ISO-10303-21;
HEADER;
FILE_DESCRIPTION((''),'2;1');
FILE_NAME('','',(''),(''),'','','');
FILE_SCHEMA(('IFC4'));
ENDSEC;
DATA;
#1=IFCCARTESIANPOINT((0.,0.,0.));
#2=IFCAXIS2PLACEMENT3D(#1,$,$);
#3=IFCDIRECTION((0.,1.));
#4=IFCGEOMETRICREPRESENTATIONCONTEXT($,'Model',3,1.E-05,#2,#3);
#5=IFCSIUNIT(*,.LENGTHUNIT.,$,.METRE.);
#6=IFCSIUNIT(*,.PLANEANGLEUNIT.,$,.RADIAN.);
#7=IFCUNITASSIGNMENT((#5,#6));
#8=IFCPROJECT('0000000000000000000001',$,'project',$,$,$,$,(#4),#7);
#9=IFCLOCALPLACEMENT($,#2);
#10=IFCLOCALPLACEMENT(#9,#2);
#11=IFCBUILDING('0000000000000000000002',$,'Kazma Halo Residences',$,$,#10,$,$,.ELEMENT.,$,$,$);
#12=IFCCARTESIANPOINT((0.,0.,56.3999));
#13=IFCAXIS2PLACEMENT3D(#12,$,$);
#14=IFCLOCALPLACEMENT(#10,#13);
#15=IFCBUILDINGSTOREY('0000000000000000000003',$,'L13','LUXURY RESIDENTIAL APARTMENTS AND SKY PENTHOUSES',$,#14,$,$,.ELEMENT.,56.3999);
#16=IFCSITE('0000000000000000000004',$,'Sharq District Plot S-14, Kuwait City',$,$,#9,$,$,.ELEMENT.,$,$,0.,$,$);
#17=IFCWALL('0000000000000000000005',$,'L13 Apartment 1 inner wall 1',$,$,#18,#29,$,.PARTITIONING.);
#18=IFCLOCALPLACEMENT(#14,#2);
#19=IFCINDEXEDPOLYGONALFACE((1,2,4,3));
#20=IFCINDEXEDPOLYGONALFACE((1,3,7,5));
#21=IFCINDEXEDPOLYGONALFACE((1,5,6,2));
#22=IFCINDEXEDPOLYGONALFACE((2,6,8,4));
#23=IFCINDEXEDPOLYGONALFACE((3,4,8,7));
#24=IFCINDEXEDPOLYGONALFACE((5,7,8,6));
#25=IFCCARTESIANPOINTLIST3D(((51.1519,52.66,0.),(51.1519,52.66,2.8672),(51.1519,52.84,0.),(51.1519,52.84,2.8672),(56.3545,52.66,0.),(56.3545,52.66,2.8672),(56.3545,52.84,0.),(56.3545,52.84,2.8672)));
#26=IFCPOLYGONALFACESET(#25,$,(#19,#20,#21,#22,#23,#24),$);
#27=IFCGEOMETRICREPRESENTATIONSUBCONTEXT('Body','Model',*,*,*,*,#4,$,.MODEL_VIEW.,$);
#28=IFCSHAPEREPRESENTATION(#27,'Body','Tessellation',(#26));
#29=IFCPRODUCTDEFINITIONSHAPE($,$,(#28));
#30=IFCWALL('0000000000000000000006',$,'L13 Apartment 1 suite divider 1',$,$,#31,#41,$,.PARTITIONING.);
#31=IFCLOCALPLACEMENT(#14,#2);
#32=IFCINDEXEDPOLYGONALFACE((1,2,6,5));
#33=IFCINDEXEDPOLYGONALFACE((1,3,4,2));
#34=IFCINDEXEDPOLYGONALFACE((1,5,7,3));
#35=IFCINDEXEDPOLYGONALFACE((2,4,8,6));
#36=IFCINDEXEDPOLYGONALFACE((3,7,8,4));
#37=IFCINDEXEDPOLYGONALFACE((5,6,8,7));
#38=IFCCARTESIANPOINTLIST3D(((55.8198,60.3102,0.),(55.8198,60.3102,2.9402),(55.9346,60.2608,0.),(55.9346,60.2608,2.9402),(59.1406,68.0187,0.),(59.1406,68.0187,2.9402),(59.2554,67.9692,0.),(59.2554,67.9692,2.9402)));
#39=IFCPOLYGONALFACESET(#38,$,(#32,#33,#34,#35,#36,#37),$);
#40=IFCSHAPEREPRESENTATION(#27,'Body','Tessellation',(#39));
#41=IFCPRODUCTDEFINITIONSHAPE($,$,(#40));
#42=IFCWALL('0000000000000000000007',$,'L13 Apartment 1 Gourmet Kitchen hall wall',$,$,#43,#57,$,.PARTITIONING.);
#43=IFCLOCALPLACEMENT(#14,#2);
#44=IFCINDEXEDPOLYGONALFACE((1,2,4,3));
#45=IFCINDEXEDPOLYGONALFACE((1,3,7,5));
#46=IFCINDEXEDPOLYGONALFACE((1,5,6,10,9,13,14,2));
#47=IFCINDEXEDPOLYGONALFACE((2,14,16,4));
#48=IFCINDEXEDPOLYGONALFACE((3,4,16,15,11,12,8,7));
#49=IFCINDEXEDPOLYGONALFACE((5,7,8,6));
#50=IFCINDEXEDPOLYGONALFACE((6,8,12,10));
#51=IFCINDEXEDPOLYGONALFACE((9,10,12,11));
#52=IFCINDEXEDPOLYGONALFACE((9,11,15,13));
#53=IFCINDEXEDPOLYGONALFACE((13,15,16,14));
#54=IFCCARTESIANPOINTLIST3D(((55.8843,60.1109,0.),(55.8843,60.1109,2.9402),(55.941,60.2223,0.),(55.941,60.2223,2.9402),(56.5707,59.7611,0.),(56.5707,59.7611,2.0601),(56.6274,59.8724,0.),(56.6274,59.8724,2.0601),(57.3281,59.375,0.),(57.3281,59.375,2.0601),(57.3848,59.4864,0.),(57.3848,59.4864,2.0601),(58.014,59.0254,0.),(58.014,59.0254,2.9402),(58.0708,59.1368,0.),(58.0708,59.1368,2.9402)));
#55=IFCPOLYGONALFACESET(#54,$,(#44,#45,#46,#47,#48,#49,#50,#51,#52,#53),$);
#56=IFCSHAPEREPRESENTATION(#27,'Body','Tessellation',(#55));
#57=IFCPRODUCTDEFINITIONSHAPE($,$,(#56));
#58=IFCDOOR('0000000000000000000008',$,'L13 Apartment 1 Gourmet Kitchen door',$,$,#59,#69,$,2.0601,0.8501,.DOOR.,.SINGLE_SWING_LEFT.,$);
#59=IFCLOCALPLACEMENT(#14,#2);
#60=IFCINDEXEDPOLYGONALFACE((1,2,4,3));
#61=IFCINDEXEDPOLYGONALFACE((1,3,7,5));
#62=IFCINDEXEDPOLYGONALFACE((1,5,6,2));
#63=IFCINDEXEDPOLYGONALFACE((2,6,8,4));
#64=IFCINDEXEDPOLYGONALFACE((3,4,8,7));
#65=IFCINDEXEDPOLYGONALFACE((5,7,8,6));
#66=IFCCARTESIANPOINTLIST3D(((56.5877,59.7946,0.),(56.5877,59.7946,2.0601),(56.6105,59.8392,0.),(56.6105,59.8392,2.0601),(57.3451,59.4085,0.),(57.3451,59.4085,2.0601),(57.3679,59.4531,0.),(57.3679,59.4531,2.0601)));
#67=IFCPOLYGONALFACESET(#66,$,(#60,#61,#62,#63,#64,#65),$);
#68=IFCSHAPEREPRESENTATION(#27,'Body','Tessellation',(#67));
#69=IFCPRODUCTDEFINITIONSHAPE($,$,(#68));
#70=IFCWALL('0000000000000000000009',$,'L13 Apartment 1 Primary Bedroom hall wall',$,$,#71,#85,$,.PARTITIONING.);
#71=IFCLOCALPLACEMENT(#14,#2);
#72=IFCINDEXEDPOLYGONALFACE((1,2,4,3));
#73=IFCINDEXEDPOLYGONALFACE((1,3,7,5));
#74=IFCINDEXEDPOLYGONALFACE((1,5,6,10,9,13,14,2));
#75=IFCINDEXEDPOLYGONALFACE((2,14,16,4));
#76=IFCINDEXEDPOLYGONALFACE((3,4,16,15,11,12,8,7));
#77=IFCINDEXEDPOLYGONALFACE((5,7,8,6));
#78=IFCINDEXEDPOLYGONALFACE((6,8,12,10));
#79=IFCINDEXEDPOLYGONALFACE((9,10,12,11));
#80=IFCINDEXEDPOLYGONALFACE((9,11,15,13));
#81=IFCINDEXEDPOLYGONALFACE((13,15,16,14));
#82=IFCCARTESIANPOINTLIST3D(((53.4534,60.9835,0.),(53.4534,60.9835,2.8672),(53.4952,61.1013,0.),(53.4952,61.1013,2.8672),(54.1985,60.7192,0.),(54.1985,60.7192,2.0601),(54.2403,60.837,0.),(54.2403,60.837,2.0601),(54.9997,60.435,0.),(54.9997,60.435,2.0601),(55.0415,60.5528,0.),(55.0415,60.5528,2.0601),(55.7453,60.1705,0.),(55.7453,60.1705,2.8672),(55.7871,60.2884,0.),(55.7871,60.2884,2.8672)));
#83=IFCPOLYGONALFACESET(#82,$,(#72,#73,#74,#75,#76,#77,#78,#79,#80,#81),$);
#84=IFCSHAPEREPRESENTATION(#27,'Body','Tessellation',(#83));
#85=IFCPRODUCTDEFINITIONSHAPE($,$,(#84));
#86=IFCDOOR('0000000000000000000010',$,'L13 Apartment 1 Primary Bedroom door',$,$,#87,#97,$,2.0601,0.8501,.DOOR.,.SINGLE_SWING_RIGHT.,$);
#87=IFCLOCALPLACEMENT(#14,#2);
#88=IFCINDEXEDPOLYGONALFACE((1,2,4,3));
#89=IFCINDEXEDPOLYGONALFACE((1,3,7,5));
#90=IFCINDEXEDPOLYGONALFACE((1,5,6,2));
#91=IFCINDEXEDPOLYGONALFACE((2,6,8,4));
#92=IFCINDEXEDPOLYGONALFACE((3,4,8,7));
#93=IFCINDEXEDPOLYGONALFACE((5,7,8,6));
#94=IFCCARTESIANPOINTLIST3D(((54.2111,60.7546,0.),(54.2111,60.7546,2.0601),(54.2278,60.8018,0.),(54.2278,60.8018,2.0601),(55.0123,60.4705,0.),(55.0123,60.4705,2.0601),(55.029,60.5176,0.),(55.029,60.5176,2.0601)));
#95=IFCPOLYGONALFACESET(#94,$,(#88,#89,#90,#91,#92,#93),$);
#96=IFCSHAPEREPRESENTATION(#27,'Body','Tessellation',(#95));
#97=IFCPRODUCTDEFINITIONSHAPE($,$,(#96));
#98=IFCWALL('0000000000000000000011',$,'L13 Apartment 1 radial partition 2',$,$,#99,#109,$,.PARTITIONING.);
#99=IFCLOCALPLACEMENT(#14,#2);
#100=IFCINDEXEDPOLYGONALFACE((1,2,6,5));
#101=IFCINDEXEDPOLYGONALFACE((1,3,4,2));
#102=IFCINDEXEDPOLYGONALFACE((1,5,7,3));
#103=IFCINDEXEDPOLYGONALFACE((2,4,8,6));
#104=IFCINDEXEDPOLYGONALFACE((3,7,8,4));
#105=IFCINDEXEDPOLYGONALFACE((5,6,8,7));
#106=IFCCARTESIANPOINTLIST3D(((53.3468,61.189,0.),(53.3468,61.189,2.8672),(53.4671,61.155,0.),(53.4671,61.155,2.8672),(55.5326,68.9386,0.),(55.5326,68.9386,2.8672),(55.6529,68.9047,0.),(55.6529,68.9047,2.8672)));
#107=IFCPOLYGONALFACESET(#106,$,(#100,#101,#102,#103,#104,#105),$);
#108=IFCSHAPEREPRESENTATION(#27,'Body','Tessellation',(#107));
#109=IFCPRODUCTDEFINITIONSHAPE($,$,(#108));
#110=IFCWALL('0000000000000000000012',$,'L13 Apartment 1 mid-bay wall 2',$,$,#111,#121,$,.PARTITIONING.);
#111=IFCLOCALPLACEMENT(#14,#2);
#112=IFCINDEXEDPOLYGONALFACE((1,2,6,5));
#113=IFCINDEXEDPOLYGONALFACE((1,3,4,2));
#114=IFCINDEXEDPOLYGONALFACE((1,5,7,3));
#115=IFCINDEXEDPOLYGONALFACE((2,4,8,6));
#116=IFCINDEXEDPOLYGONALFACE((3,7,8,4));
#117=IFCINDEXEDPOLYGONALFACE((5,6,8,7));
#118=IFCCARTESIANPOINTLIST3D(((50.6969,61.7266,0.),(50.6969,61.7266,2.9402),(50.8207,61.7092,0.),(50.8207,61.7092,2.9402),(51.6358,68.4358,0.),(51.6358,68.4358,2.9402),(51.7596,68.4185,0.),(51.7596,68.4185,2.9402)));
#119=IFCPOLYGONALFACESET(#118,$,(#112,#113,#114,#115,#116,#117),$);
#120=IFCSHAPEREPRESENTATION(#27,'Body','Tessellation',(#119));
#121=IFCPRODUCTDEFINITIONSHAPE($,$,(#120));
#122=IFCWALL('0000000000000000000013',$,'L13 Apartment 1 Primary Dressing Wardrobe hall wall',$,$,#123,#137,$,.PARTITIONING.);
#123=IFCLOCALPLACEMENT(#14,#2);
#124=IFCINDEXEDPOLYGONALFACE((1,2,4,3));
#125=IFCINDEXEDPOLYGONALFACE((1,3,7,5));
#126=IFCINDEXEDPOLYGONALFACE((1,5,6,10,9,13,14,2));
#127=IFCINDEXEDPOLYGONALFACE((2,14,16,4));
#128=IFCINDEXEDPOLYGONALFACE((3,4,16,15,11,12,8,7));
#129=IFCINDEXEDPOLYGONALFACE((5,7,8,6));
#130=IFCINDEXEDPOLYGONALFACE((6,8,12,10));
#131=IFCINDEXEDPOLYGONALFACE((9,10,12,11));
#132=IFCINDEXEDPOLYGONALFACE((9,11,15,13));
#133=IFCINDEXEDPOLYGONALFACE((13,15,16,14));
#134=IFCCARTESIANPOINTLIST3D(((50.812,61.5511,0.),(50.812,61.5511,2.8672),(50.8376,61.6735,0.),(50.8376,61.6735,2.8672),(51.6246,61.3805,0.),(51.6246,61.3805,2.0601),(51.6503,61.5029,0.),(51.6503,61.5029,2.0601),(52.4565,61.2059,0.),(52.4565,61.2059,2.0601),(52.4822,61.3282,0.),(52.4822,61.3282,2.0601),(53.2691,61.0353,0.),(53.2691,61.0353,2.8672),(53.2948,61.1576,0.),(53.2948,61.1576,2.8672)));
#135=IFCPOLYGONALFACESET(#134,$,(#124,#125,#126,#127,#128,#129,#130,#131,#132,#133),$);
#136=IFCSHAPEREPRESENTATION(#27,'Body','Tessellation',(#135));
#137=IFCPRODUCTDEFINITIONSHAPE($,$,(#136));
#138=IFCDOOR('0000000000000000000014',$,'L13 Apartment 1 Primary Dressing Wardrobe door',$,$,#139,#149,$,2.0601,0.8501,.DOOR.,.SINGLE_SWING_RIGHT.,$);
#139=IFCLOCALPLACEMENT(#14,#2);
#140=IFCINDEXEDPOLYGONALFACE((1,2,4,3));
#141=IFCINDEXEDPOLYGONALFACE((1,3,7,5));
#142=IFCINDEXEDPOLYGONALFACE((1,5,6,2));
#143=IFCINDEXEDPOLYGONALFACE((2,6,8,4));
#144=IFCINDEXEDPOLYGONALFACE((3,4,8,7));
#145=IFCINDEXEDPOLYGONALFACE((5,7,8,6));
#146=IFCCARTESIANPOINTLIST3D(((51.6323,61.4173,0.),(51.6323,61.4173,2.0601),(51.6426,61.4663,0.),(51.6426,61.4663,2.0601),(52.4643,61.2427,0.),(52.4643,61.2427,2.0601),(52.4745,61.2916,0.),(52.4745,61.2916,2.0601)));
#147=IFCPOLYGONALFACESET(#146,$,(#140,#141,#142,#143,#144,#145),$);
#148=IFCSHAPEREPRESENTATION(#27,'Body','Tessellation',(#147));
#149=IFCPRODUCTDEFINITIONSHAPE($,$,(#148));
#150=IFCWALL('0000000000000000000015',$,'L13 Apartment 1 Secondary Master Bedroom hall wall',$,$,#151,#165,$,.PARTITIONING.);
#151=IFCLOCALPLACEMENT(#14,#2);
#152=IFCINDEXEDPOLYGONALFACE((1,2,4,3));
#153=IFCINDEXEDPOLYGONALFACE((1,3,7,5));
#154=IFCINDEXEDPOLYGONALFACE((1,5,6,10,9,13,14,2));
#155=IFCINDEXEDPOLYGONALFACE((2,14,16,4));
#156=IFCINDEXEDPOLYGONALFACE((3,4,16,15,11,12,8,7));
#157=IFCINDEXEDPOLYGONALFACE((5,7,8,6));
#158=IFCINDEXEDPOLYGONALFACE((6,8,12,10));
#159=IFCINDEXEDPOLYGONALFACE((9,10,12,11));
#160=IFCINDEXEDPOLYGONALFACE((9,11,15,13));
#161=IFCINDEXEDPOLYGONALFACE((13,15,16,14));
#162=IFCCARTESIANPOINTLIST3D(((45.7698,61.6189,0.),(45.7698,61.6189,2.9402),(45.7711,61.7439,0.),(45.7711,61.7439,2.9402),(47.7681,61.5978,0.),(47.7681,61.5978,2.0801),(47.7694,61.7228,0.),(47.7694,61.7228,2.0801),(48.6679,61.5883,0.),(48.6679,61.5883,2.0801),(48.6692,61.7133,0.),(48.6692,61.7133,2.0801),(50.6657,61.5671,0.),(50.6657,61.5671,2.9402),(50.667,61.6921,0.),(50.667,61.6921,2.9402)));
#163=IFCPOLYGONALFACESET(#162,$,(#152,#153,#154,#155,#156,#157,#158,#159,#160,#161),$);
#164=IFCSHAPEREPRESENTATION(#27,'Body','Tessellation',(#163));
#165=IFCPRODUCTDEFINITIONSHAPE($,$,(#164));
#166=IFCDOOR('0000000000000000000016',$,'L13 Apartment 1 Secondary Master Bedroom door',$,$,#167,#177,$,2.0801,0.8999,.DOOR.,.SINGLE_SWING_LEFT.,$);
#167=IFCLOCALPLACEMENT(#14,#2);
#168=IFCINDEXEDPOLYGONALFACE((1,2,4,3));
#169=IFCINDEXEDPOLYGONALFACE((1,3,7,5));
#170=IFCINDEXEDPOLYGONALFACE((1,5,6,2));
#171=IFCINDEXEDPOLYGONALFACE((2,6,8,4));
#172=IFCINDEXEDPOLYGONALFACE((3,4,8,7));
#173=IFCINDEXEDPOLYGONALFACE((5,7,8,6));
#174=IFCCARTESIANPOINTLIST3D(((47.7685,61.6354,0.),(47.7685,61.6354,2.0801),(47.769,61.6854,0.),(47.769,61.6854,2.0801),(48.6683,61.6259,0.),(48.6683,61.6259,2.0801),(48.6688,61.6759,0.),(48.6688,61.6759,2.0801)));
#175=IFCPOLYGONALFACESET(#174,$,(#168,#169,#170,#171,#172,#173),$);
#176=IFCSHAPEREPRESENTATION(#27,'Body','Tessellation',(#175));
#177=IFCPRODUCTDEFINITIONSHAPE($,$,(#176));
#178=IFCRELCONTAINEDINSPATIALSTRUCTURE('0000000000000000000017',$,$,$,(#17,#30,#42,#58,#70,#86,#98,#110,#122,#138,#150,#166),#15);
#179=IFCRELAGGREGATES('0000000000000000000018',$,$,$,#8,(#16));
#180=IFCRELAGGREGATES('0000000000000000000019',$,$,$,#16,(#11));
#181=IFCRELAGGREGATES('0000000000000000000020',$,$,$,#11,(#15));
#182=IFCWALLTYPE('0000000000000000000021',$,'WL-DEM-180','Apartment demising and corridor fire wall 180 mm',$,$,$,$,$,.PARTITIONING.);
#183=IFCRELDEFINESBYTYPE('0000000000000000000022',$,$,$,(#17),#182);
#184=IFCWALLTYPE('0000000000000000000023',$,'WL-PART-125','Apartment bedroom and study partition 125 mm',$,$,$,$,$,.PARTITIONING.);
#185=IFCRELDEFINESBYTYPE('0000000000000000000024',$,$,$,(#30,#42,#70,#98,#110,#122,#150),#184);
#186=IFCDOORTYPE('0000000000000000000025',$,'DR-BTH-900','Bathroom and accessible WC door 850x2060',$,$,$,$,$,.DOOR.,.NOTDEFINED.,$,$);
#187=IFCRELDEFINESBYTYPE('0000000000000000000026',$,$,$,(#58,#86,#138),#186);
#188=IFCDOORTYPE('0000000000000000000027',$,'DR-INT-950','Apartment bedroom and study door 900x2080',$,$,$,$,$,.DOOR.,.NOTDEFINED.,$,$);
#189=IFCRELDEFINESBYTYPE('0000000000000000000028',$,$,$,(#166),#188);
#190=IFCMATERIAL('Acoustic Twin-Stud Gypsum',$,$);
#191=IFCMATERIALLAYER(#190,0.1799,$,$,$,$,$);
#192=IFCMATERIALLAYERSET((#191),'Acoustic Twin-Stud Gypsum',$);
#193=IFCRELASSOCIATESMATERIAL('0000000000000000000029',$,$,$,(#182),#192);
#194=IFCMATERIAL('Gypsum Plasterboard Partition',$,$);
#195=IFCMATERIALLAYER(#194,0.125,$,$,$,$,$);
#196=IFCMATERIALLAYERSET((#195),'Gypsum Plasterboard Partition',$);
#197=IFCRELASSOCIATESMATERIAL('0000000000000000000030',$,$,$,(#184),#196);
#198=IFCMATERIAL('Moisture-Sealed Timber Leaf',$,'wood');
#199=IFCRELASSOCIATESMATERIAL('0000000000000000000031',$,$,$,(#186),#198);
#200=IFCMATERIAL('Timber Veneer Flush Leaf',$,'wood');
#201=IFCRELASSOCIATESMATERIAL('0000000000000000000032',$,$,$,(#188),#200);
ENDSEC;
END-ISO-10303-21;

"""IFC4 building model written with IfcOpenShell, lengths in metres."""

from ifc_helpers import new_model, si_unit, direction, frame, frame_2d, origin, place, context, subcontext, project, spatial, rectangle, extrude, material, layer, layer_set, type_object, element, fill, save


model = new_model("IFC4")

# Units and contexts
model_context = context("Model", 3, precision=1e-05, world=origin(), true_north=direction((0.0, 1.0)))
body_context = subcontext(model_context, "Body", "Model", "MODEL_VIEW")
ifc_project = project(units=[si_unit("LENGTHUNIT", "METRE"), si_unit("PLANEANGLEUNIT", "RADIAN")], contexts=[model_context])

# Site, building, storey
site_placement = place(None, origin())
site = spatial("IfcSite", under=ifc_project, at=site_placement, Name="Sharq District Plot S-14, Kuwait City", CompositionType="ELEMENT", RefElevation=0.0)
building_placement = place(site_placement, origin())
building = spatial("IfcBuilding", under=site, at=building_placement, Name="Kazma Halo Residences", CompositionType="ELEMENT")
storey_placement = place(building_placement, frame((0.0, 0.0, 56.3999)))
storey = spatial("IfcBuildingStorey", under=building, at=storey_placement, Name="L13", Description="LUXURY RESIDENTIAL APARTMENTS AND SKY PENTHOUSES", CompositionType="ELEMENT", Elevation=56.3999)

# Walls
ifc_material_1 = material(Name="Acoustic Twin-Stud Gypsum")
ifc_layer_1 = layer(ifc_material_1, 0.1799)
ifc_layer_set_1 = layer_set([ifc_layer_1], Name="Acoustic Twin-Stud Gypsum")
wall_type_1 = type_object("IfcWallType", Name="WL-DEM-180", Description="Apartment demising and corridor fire wall 180 mm", PredefinedType="PARTITIONING", material=ifc_layer_set_1)
wall_1_placement = place(storey_placement, frame((56.3545, 52.75, 0.0), z_axis=(0.0, 0.0, 1.0), x_axis=(-1.0, 0.0, 0.0)))
element("IfcWall", 1, at=wall_1_placement, inside=storey, type_object=wall_type_1, Name="L13 Apartment 1 inner wall 1", PredefinedType="PARTITIONING", context=body_context, shape_type="SweptSolid", body=[
    extrude(rectangle(XDim=5.2026, YDim=0.1799, at=frame_2d((2.6013, 0.0))), origin(), (0.0, 0.0, 1.0), 2.8672),
])
ifc_material_2 = material(Name="Gypsum Plasterboard Partition")
ifc_layer_2 = layer(ifc_material_2, 0.125)
ifc_layer_set_2 = layer_set([ifc_layer_2], Name="Gypsum Plasterboard Partition")
wall_type_2 = type_object("IfcWallType", Name="WL-PART-125", Description="Apartment bedroom and study partition 125 mm", PredefinedType="PARTITIONING", material=ifc_layer_set_2)
wall_2_placement = place(storey_placement, frame((55.8772, 60.2854, 0.0), z_axis=(0.0, 0.0, 1.0), x_axis=(0.395646, 0.918403, 0.0)))
element("IfcWall", 2, at=wall_2_placement, inside=storey, type_object=wall_type_2, Name="L13 Apartment 1 suite divider 1", PredefinedType="PARTITIONING", context=body_context, shape_type="SweptSolid", body=[
    extrude(rectangle(XDim=8.3933, YDim=0.125, at=frame_2d((4.1968, 0.0))), origin(), (0.0, 0.0, 1.0), 2.9402),
])

# Walls, openings, doors
wall_3_placement = place(storey_placement, frame((58.0425, 59.0811, 0.0), z_axis=(0.0, 0.0, 1.0), x_axis=(-0.890948, 0.454105, 0.0)))
wall_3 = element("IfcWall", 3, at=wall_3_placement, inside=storey, type_object=wall_type_2, Name="L13 Apartment 1 Gourmet Kitchen hall wall", PredefinedType="PARTITIONING", context=body_context, shape_type="SweptSolid", body=[
    extrude(rectangle(XDim=2.3904, YDim=0.125, at=frame_2d((1.1953, 0.0))), origin(), (0.0, 0.0, 1.0), 2.9402),
])
opening_1_placement = place(wall_3_placement, frame((0.77, 0.0, 0.0)))
opening_1 = element("IfcOpeningElement", 4, at=opening_1_placement, cuts=wall_3, PredefinedType="OPENING", context=body_context, shape_type="SweptSolid", body=[
    extrude(rectangle(XDim=0.8501, YDim=2.0601, at=frame_2d((0.425, 1.03))), frame((0.0, 0.0725, 0.0), z_axis=(0.0, -1.0, 0.0), x_axis=(1.0, 0.0, 0.0)), (0.0, 0.0, 1.0), 0.145),
])
ifc_material_3 = material(Name="Moisture-Sealed Timber Leaf", Category="wood")
door_type_1 = type_object("IfcDoorType", Name="DR-BTH-900", Description="Bathroom and accessible WC door 850x2060", OperationType="NOTDEFINED", PredefinedType="DOOR", material=ifc_material_3)
door_1_placement = place(opening_1_placement, origin())
door_1 = element("IfcDoor", 5, at=door_1_placement, inside=storey, type_object=door_type_1, Name="L13 Apartment 1 Gourmet Kitchen door", OperationType="SINGLE_SWING_LEFT", OverallHeight=2.0601, OverallWidth=0.8501, PredefinedType="DOOR", context=body_context, shape_type="SweptSolid", body=[
    extrude(rectangle(XDim=0.8501, YDim=2.0601, at=frame_2d((0.425, 1.03))), frame((0.0, 0.0249, 0.0), z_axis=(0.0, -1.0, 0.0), x_axis=(1.0, 0.0, 0.0)), (0.0, 0.0, 1.0), 0.05),
])
fill(opening_1, door_1)
wall_4_placement = place(storey_placement, frame((55.7661, 60.2295, 0.0), z_axis=(0.0, 0.0, 1.0), x_axis=(-0.942467, 0.334301, 0.0)))
wall_4 = element("IfcWall", 6, at=wall_4_placement, inside=storey, type_object=wall_type_2, Name="L13 Apartment 1 Primary Bedroom hall wall", PredefinedType="PARTITIONING", context=body_context, shape_type="SweptSolid", body=[
    extrude(rectangle(XDim=2.4319, YDim=0.125, at=frame_2d((1.2158, 0.0))), origin(), (0.0, 0.0, 1.0), 2.8672),
])
opening_2_placement = place(wall_4_placement, frame((0.791, 0.0, 0.0)))
opening_2 = element("IfcOpeningElement", 7, at=opening_2_placement, cuts=wall_4, PredefinedType="OPENING", context=body_context, shape_type="SweptSolid", body=[
    extrude(rectangle(XDim=0.8501, YDim=2.0601, at=frame_2d((0.425, 1.03))), frame((0.0, 0.0725, 0.0), z_axis=(0.0, -1.0, 0.0), x_axis=(1.0, 0.0, 0.0)), (0.0, 0.0, 1.0), 0.145),
])
door_2_placement = place(opening_2_placement, origin())
door_2 = element("IfcDoor", 8, at=door_2_placement, inside=storey, type_object=door_type_1, Name="L13 Apartment 1 Primary Bedroom door", OperationType="SINGLE_SWING_RIGHT", OverallHeight=2.0601, OverallWidth=0.8501, PredefinedType="DOOR", context=body_context, shape_type="SweptSolid", body=[
    extrude(rectangle(XDim=0.8501, YDim=2.0601, at=frame_2d((0.425, 1.03))), frame((0.0, 0.0249, 0.0), z_axis=(0.0, -1.0, 0.0), x_axis=(1.0, 0.0, 0.0)), (0.0, 0.0, 1.0), 0.05),
])
fill(opening_2, door_2)

# Walls
wall_5_placement = place(storey_placement, frame((53.407, 61.1721, 0.0), z_axis=(0.0, 0.0, 1.0), x_axis=(0.271456, 0.962451, 0.0)))
element("IfcWall", 9, at=wall_5_placement, inside=storey, type_object=wall_type_2, Name="L13 Apartment 1 radial partition 2", PredefinedType="PARTITIONING", context=body_context, shape_type="SweptSolid", body=[
    extrude(rectangle(XDim=8.052, YDim=0.125, at=frame_2d((4.0259, 0.0))), origin(), (0.0, 0.0, 1.0), 2.8672),
])
wall_6_placement = place(storey_placement, frame((50.7588, 61.718, 0.0), z_axis=(0.0, 0.0, 1.0), x_axis=(0.1386, 0.990348, 0.0)))
element("IfcWall", 10, at=wall_6_placement, inside=storey, type_object=wall_type_2, Name="L13 Apartment 1 mid-bay wall 2", PredefinedType="PARTITIONING", context=body_context, shape_type="SweptSolid", body=[
    extrude(rectangle(XDim=6.7747, YDim=0.125, at=frame_2d((3.3872, 0.0))), origin(), (0.0, 0.0, 1.0), 2.9402),
])

# Walls, openings, doors
wall_7_placement = place(storey_placement, frame((53.282, 61.0964, 0.0), z_axis=(0.0, 0.0, 1.0), x_axis=(-0.978666, 0.205457, 0.0)))
wall_7 = element("IfcWall", 11, at=wall_7_placement, inside=storey, type_object=wall_type_2, Name="L13 Apartment 1 Primary Dressing Wardrobe hall wall", PredefinedType="PARTITIONING", context=body_context, shape_type="SweptSolid", body=[
    extrude(rectangle(XDim=2.5107, YDim=0.125, at=frame_2d((1.2554, 0.0))), origin(), (0.0, 0.0, 1.0), 2.8672),
])
opening_3_placement = place(wall_7_placement, frame((0.8303, 0.0, 0.0)))
opening_3 = element("IfcOpeningElement", 12, at=opening_3_placement, cuts=wall_7, PredefinedType="OPENING", context=body_context, shape_type="SweptSolid", body=[
    extrude(rectangle(XDim=0.8501, YDim=2.0601, at=frame_2d((0.425, 1.03))), frame((0.0, 0.0725, 0.0), z_axis=(0.0, -1.0, 0.0), x_axis=(1.0, 0.0, 0.0)), (0.0, 0.0, 1.0), 0.145),
])
door_3_placement = place(opening_3_placement, origin())
door_3 = element("IfcDoor", 13, at=door_3_placement, inside=storey, type_object=door_type_1, Name="L13 Apartment 1 Primary Dressing Wardrobe door", OperationType="SINGLE_SWING_RIGHT", OverallHeight=2.0601, OverallWidth=0.8501, PredefinedType="DOOR", context=body_context, shape_type="SweptSolid", body=[
    extrude(rectangle(XDim=0.8501, YDim=2.0601, at=frame_2d((0.425, 1.03))), frame((0.0, 0.0249, 0.0), z_axis=(0.0, -1.0, 0.0), x_axis=(1.0, 0.0, 0.0)), (0.0, 0.0, 1.0), 0.05),
])
fill(opening_3, door_3)
wall_8_placement = place(storey_placement, frame((50.6665, 61.6296, 0.0), z_axis=(0.0, 0.0, 1.0), x_axis=(-0.999944, 0.010571, 0.0)))
wall_8 = element("IfcWall", 14, at=wall_8_placement, inside=storey, type_object=wall_type_2, Name="L13 Apartment 1 Secondary Master Bedroom hall wall", PredefinedType="PARTITIONING", context=body_context, shape_type="SweptSolid", body=[
    extrude(rectangle(XDim=4.8962, YDim=0.125, at=frame_2d((2.4482, 0.0))), origin(), (0.0, 0.0, 1.0), 2.9402),
])
opening_4_placement = place(wall_8_placement, frame((1.998, 0.0, 0.0)))
opening_4 = element("IfcOpeningElement", 15, at=opening_4_placement, cuts=wall_8, PredefinedType="OPENING", context=body_context, shape_type="SweptSolid", body=[
    extrude(rectangle(XDim=0.8999, YDim=2.0801, at=frame_2d((0.45, 1.04))), frame((0.0, 0.0725, 0.0), z_axis=(0.0, -1.0, 0.0), x_axis=(1.0, 0.0, 0.0)), (0.0, 0.0, 1.0), 0.145),
])
ifc_material_4 = material(Name="Timber Veneer Flush Leaf", Category="wood")
door_type_2 = type_object("IfcDoorType", Name="DR-INT-950", Description="Apartment bedroom and study door 900x2080", OperationType="NOTDEFINED", PredefinedType="DOOR", material=ifc_material_4)
door_4_placement = place(opening_4_placement, origin())
door_4 = element("IfcDoor", 16, at=door_4_placement, inside=storey, type_object=door_type_2, Name="L13 Apartment 1 Secondary Master Bedroom door", OperationType="SINGLE_SWING_LEFT", OverallHeight=2.0801, OverallWidth=0.8999, PredefinedType="DOOR", context=body_context, shape_type="SweptSolid", body=[
    extrude(rectangle(XDim=0.8999, YDim=2.0801, at=frame_2d((0.45, 1.04))), frame((0.0, 0.0249, 0.0), z_axis=(0.0, -1.0, 0.0), x_axis=(1.0, 0.0, 0.0)), (0.0, 0.0, 1.0), 0.05),
])
fill(opening_4, door_4)

save(model, "model.ifc")
